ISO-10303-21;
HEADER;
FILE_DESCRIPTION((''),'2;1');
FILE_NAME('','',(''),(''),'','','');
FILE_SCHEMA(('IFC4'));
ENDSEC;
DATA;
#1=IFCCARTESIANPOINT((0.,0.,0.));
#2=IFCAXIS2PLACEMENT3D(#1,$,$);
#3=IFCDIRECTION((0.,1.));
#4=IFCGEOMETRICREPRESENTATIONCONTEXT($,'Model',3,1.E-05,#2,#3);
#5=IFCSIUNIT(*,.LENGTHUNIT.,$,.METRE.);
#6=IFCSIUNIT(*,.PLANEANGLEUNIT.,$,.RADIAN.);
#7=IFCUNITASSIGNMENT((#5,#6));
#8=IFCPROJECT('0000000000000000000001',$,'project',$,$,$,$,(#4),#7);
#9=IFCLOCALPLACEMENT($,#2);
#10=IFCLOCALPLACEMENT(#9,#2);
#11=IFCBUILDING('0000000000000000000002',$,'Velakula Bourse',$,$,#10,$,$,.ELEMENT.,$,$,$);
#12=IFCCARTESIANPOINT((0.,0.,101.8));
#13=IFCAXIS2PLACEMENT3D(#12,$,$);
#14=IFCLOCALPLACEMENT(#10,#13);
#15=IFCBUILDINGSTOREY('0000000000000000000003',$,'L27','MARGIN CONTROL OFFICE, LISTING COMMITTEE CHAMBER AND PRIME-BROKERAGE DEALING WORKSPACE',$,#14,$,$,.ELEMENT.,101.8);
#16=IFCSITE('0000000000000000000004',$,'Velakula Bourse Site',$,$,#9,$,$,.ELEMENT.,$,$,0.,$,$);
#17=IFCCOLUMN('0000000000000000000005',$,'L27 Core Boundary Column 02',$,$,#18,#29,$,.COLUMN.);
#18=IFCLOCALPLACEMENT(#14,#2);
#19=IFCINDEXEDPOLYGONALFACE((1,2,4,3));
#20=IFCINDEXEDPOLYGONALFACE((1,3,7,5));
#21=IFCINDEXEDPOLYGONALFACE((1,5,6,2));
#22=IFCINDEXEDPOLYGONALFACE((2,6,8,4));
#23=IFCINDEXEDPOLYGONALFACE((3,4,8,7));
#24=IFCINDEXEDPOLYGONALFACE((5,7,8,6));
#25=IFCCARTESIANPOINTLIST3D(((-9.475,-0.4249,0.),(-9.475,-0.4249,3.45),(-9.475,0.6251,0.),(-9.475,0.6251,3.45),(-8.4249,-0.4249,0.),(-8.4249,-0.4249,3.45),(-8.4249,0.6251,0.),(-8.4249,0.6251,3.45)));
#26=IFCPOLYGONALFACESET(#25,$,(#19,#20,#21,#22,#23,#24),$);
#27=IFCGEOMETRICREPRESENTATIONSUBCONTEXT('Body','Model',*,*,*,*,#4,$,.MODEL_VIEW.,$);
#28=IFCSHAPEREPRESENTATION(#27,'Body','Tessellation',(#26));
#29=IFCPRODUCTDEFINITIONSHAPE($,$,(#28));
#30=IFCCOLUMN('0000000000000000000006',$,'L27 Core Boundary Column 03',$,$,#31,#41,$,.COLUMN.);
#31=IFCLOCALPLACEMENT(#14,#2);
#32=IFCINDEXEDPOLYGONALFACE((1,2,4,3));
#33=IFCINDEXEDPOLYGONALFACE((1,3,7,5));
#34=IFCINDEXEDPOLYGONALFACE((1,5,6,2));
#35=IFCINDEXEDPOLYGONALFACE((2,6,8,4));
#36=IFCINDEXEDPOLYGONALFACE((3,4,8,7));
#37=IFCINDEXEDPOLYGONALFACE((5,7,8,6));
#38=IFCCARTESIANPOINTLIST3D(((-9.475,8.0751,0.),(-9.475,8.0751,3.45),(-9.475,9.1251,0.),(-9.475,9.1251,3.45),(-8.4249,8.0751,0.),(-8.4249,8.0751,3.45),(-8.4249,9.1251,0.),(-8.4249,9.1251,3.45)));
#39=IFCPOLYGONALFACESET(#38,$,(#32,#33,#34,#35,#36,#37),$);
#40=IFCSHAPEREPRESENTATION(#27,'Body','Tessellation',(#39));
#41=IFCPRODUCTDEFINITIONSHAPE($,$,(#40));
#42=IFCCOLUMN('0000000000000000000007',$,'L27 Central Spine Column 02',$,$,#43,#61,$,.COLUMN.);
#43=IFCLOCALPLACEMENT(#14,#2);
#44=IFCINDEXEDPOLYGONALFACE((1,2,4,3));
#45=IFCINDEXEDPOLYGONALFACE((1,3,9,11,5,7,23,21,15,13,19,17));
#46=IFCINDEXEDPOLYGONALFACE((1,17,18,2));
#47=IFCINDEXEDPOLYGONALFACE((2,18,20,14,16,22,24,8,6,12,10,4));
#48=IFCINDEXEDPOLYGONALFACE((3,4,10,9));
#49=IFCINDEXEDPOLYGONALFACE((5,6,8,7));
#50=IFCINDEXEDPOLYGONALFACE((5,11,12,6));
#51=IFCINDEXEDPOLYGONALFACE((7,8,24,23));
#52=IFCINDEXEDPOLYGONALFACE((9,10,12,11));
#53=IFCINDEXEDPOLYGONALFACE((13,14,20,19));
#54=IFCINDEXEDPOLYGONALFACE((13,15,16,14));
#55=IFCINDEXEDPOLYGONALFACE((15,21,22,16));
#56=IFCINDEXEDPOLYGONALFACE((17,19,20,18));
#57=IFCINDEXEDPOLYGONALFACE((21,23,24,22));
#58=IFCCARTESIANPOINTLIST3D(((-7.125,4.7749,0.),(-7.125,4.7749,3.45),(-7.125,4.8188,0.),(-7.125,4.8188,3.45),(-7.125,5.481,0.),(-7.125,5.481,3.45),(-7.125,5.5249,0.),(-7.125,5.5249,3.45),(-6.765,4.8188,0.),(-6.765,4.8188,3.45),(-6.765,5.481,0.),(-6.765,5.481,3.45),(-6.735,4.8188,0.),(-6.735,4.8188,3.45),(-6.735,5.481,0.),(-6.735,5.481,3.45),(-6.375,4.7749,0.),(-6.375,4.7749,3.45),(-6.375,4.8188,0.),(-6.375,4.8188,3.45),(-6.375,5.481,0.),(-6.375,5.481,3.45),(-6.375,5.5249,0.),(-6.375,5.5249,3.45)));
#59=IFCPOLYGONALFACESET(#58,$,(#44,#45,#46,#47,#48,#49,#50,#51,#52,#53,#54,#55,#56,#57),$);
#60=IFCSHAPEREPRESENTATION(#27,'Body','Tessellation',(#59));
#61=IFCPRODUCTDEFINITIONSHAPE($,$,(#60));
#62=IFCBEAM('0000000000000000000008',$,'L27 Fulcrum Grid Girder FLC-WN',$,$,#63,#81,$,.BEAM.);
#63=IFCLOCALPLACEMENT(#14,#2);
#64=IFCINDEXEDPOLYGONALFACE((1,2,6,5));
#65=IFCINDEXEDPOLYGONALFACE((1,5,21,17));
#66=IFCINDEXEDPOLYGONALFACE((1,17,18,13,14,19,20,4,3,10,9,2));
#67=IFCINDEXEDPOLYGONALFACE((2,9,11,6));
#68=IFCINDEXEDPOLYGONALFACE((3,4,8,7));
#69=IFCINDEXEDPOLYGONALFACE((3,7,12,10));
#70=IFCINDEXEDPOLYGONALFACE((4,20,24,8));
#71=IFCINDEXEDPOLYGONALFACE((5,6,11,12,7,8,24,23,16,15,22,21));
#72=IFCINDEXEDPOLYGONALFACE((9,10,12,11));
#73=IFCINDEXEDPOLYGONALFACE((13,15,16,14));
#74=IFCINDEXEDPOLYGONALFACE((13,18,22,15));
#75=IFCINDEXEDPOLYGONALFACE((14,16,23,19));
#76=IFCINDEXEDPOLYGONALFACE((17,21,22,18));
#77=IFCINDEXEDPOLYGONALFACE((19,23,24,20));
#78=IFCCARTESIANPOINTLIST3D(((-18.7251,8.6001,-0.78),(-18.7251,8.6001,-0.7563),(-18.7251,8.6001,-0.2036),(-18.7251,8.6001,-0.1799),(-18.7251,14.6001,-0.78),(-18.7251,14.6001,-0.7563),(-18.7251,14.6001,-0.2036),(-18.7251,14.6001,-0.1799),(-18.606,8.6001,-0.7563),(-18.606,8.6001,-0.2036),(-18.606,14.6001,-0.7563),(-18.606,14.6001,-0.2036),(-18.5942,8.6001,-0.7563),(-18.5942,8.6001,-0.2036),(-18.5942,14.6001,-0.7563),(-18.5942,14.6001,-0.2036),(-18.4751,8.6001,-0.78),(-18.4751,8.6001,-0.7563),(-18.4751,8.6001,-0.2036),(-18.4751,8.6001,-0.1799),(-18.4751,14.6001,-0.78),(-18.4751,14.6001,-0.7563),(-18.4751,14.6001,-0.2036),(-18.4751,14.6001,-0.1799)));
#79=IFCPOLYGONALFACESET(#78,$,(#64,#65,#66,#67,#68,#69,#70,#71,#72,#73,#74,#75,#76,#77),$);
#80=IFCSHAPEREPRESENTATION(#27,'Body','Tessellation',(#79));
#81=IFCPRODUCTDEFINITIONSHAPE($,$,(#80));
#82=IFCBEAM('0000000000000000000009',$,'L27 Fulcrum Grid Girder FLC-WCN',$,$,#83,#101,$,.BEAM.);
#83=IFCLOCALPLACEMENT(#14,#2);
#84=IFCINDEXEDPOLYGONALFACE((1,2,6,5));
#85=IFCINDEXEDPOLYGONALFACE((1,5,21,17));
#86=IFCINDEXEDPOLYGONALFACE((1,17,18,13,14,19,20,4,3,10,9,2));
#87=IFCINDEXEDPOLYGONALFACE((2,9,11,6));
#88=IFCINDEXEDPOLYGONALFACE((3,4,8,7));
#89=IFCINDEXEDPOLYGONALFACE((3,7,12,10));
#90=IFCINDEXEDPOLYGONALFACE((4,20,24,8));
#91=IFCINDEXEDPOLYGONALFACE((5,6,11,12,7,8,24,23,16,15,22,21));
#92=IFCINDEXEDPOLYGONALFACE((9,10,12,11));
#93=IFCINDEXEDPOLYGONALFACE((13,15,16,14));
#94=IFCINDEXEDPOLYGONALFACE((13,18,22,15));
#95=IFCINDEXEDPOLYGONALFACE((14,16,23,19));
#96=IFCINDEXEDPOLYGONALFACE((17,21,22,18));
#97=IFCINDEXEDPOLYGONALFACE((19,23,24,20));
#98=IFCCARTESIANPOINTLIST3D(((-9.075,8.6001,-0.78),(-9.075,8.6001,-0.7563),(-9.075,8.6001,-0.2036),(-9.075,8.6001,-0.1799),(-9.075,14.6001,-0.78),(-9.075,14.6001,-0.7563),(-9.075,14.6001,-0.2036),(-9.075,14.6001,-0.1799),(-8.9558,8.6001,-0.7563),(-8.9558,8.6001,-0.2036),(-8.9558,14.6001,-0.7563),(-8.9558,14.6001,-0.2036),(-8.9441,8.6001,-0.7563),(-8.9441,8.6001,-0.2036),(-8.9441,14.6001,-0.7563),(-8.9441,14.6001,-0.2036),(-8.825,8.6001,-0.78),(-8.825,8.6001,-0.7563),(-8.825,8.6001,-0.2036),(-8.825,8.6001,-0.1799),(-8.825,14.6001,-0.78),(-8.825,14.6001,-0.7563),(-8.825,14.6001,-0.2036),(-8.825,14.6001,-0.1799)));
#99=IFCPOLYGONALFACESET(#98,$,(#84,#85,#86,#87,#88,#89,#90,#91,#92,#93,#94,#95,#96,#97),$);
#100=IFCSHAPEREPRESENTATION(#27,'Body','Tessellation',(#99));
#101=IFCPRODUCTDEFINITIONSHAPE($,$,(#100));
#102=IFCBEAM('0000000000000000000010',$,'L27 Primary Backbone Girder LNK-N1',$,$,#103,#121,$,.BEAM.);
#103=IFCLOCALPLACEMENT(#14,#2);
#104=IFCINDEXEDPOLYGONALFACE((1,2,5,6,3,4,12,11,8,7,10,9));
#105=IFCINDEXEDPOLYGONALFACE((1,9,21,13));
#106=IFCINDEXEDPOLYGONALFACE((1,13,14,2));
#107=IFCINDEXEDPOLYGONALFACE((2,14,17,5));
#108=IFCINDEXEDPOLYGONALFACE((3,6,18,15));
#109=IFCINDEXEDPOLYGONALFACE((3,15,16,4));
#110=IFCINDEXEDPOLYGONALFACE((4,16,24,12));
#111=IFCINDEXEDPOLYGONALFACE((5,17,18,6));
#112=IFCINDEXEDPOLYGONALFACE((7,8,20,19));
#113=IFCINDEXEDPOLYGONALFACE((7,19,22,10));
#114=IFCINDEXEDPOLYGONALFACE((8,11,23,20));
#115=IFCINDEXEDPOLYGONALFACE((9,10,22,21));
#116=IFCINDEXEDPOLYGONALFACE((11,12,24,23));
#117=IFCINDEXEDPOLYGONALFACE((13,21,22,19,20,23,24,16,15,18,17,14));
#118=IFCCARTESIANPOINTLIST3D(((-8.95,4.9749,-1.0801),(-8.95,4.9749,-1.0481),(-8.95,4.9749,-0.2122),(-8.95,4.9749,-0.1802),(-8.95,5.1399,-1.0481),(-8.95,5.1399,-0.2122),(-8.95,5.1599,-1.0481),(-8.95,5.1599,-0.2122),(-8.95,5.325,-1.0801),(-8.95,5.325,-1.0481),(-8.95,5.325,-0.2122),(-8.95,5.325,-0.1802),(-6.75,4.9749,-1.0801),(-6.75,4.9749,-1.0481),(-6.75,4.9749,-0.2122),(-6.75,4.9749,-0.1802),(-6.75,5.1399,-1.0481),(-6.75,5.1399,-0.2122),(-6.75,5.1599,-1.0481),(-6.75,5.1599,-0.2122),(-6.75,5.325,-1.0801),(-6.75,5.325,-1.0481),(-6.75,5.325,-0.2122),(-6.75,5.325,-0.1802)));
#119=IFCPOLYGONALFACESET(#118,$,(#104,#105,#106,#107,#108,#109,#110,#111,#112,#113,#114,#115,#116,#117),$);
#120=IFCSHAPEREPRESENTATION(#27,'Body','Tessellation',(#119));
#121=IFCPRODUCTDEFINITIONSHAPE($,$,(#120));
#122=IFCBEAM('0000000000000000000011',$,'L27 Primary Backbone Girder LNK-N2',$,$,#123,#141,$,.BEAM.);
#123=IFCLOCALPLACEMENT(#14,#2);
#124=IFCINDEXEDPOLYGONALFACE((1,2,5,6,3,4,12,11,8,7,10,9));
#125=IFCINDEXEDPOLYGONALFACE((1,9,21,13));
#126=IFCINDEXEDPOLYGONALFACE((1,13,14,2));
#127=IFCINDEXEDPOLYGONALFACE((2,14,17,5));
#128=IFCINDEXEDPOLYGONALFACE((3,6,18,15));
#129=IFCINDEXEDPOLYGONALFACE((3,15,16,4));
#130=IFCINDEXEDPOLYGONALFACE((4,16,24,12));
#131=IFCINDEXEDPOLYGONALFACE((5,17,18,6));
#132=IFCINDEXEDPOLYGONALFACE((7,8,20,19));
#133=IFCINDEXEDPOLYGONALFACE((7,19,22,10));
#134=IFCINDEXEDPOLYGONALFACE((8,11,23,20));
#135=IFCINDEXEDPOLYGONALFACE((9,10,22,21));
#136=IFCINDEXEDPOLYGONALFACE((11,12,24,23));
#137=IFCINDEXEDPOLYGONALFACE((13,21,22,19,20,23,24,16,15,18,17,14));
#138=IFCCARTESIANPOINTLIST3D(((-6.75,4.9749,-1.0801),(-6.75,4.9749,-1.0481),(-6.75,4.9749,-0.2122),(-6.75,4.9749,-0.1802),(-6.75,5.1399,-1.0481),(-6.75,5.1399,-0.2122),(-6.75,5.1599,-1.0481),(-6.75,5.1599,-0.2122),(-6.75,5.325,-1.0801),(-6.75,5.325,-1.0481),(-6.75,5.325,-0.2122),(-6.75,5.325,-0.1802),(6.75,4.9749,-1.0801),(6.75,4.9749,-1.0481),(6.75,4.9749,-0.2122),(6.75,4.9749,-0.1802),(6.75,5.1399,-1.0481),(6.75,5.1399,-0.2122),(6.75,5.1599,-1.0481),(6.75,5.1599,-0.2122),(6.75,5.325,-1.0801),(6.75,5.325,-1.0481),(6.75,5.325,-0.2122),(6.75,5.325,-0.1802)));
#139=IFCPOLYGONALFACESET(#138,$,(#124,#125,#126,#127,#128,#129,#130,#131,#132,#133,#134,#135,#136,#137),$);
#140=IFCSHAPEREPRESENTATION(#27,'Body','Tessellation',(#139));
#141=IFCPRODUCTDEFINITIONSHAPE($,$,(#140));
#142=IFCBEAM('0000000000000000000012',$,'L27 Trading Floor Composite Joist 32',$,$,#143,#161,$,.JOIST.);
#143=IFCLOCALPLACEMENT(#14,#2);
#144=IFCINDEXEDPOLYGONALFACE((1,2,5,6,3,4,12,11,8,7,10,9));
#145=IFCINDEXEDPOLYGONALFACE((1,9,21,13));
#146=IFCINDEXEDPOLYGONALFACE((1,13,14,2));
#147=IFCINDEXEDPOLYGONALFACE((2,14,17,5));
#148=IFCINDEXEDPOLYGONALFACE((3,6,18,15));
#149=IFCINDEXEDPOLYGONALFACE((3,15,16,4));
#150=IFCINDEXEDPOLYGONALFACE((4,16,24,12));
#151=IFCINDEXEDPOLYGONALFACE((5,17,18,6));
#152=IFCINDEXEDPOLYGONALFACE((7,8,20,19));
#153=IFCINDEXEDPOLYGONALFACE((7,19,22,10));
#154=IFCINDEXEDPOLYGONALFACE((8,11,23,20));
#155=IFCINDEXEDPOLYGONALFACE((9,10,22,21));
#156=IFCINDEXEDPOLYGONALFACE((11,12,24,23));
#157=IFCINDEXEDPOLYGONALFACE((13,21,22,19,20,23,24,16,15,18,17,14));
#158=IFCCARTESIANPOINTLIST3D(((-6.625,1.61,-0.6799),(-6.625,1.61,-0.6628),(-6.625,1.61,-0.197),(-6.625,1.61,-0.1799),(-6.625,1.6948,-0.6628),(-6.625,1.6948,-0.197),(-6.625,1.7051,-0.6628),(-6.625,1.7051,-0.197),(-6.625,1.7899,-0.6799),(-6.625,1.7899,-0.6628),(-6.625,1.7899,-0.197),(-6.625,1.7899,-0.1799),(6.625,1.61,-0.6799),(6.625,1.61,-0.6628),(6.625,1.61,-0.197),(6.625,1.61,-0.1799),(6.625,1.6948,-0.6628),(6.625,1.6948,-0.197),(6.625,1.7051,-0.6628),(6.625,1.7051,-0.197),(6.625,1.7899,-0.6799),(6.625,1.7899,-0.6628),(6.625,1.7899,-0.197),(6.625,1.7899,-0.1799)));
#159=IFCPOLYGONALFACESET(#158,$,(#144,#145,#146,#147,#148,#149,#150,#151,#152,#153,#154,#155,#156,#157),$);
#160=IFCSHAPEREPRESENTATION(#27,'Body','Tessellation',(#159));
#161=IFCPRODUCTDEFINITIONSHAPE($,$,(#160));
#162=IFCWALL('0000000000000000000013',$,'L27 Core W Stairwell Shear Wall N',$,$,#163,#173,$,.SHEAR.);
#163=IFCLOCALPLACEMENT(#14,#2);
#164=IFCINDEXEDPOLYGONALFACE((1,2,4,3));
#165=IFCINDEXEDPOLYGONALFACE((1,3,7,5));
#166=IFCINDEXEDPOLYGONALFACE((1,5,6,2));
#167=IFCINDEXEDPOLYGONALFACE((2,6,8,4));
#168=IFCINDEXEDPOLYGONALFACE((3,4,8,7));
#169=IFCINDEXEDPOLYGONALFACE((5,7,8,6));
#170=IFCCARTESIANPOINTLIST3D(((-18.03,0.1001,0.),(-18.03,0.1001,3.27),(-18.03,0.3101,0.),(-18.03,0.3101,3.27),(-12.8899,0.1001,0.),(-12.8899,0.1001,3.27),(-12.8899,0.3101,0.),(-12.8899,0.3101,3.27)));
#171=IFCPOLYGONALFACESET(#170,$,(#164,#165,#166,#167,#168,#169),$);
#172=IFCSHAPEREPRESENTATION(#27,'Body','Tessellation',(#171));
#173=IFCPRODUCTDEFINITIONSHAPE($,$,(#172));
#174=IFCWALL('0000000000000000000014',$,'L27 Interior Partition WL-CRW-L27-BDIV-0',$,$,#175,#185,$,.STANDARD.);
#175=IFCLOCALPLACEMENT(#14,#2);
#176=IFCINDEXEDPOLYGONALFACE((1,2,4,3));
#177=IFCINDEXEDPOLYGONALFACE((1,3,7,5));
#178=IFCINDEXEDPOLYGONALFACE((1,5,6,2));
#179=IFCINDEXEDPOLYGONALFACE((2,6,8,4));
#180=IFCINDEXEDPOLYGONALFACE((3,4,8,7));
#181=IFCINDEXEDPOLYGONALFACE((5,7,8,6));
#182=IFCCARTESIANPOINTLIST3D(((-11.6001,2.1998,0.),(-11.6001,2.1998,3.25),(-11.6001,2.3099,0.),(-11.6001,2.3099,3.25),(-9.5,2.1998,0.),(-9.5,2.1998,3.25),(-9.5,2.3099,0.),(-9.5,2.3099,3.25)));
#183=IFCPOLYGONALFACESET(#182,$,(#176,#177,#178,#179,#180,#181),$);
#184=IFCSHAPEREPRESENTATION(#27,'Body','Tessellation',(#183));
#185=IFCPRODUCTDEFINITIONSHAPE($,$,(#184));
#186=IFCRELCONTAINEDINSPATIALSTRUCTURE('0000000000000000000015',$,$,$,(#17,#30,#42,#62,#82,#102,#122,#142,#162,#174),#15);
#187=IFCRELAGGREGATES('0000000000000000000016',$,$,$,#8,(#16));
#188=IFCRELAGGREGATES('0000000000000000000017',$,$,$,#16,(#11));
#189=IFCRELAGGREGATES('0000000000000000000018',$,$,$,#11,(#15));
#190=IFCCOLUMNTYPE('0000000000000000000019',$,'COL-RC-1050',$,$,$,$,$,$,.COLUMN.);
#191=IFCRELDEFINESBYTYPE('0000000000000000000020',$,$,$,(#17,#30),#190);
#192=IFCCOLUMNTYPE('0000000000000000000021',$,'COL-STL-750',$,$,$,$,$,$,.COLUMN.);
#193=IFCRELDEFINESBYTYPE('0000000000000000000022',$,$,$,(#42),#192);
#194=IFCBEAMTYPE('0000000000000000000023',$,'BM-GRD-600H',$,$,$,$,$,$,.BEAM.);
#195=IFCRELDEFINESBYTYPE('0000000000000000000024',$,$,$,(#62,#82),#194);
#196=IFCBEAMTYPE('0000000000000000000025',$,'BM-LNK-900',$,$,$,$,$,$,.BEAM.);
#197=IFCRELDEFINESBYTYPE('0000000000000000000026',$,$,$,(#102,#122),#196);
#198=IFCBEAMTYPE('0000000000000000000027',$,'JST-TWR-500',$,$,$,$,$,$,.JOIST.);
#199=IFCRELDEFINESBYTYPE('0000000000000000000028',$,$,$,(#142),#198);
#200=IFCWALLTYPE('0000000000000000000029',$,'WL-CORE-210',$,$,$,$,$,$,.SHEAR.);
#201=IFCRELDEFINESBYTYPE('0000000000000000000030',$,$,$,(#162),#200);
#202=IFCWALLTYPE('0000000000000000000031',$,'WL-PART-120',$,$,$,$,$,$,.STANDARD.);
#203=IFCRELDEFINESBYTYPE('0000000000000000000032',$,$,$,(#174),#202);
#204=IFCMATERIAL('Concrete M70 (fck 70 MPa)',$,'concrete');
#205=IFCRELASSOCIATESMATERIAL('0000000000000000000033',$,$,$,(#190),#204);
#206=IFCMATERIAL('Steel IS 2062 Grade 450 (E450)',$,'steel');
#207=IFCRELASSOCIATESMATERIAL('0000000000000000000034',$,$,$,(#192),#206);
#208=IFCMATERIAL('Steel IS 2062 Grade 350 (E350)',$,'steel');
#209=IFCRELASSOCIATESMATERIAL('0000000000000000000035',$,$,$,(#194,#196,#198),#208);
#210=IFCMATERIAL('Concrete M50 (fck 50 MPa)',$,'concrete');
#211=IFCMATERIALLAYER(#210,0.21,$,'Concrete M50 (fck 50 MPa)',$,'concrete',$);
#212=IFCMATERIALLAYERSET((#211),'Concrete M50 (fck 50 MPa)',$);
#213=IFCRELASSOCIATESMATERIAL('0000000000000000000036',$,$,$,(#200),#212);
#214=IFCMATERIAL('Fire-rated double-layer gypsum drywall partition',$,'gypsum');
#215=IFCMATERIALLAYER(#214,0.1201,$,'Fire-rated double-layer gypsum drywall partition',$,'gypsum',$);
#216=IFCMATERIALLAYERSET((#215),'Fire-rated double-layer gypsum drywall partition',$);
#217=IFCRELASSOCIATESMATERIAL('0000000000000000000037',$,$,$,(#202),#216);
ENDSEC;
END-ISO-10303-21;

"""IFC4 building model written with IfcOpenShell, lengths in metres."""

from ifc_helpers import new_model, si_unit, direction, frame, frame_2d, origin, origin_2d, place, context, subcontext, project, spatial, rectangle, i_section, extrude, material, layer, layer_set, material_profile, profile_set, type_object, element, save


model = new_model("IFC4")

# Units and contexts
model_context = context("Model", 3, precision=1e-05, world=origin(), true_north=direction((0.0, 1.0)))
body_context = subcontext(model_context, "Body", "Model", "MODEL_VIEW")
ifc_project = project(units=[si_unit("LENGTHUNIT", "METRE"), si_unit("PLANEANGLEUNIT", "RADIAN")], contexts=[model_context])

# Site, building, storey
site_placement = place(None, origin())
site = spatial("IfcSite", under=ifc_project, at=site_placement, Name="Velakula Bourse Site", CompositionType="ELEMENT", RefElevation=0.0)
building_placement = place(site_placement, origin())
building = spatial("IfcBuilding", under=site, at=building_placement, Name="Velakula Bourse", CompositionType="ELEMENT")
storey_placement = place(building_placement, frame((0.0, 0.0, 101.8)))
storey = spatial("IfcBuildingStorey", under=building, at=storey_placement, Name="L27", Description="MARGIN CONTROL OFFICE, LISTING COMMITTEE CHAMBER AND PRIME-BROKERAGE DEALING WORKSPACE", CompositionType="ELEMENT", Elevation=101.8)

# Columns
ifc_material_1 = material(Name="Concrete M70 (fck 70 MPa)", Category="concrete")
ifc_material_profile_1 = material_profile(ifc_material_1, rectangle(XDim=1.05, YDim=1.05, at=origin_2d()), Name="Concrete M70 (fck 70 MPa)")
ifc_profile_set_1 = profile_set([ifc_material_profile_1], Name="Concrete M70 (fck 70 MPa)")
column_type_1 = type_object("IfcColumnType", Name="COL-RC-1050", PredefinedType="COLUMN", material=ifc_profile_set_1)
for number, where, z_axis, x_axis, name in (
    (1, (-8.95, 0.1001, 0.0), (0.0, 0.0, 1.0), (1.0, 0.0, 0.0), "L27 Core Boundary Column 02"),
    (2, (-8.95, 8.6001, 0.0), (0.0, 0.0, 1.0), (1.0, 0.0, 0.0), "L27 Core Boundary Column 03"),
):
    element("IfcColumn", number, at=place(storey_placement, frame(where, z_axis=z_axis, x_axis=x_axis)), inside=storey, type_object=column_type_1, Name=name, PredefinedType="COLUMN", context=body_context, shape_type="SweptSolid", body=[
        extrude(rectangle(XDim=1.05, YDim=1.05, at=origin_2d()), origin(), (0.0, 0.0, 1.0), 3.45),
    ])
ifc_material_2 = material(Name="Steel IS 2062 Grade 450 (E450)", Category="steel")
ifc_material_profile_2 = material_profile(ifc_material_2, i_section(OverallWidth=0.75, OverallDepth=0.75, WebThickness=0.03, FlangeThickness=0.0439, at=origin_2d()), Name="Steel IS 2062 Grade 450 (E450)")
ifc_profile_set_2 = profile_set([ifc_material_profile_2], Name="Steel IS 2062 Grade 450 (E450)")
column_type_2 = type_object("IfcColumnType", Name="COL-STL-750", PredefinedType="COLUMN", material=ifc_profile_set_2)
column_placement = place(storey_placement, frame((-6.75, 5.1499, 0.0), z_axis=(0.0, 0.0, 1.0), x_axis=(1.0, 0.0, 0.0)))
element("IfcColumn", 3, at=column_placement, inside=storey, type_object=column_type_2, Name="L27 Central Spine Column 02", PredefinedType="COLUMN", context=body_context, shape_type="SweptSolid", body=[
    extrude(i_section(OverallWidth=0.75, OverallDepth=0.75, WebThickness=0.03, FlangeThickness=0.0439, at=origin_2d()), origin(), (0.0, 0.0, 1.0), 3.45),
])

# Beams
ifc_material_3 = material(Name="Steel IS 2062 Grade 350 (E350)", Category="steel")
ifc_material_profile_3 = material_profile(ifc_material_3, i_section(OverallWidth=0.25, OverallDepth=0.6001, WebThickness=0.0117, FlangeThickness=0.0237, at=origin_2d()), Name="Steel IS 2062 Grade 350 (E350)")
ifc_profile_set_3 = profile_set([ifc_material_profile_3], Name="Steel IS 2062 Grade 350 (E350)")
beam_type_1 = type_object("IfcBeamType", Name="BM-GRD-600H", PredefinedType="BEAM", material=ifc_profile_set_3)
for number, where, z_axis, x_axis, name in (
    (4, (-18.6001, 8.6001, -0.48), (0.0, 1.0, 0.0), (-1.0, 0.0, 0.0), "L27 Fulcrum Grid Girder FLC-WN"),
    (5, (-8.95, 8.6001, -0.48), (0.0, 1.0, 0.0), (-1.0, 0.0, 0.0), "L27 Fulcrum Grid Girder FLC-WCN"),
):
    element("IfcBeam", number, at=place(storey_placement, frame(where, z_axis=z_axis, x_axis=x_axis)), inside=storey, type_object=beam_type_1, Name=name, PredefinedType="BEAM", context=body_context, shape_type="SweptSolid", body=[
        extrude(i_section(OverallWidth=0.25, OverallDepth=0.6001, WebThickness=0.0117, FlangeThickness=0.0237, at=origin_2d()), origin(), (0.0, 0.0, 1.0), 6.0),
    ])
ifc_material_profile_4 = material_profile(ifc_material_3, i_section(OverallWidth=0.3501, OverallDepth=0.8999, WebThickness=0.02, FlangeThickness=0.032, at=origin_2d()), Name="Steel IS 2062 Grade 350 (E350)")
ifc_profile_set_4 = profile_set([ifc_material_profile_4], Name="Steel IS 2062 Grade 350 (E350)")
beam_type_2 = type_object("IfcBeamType", Name="BM-LNK-900", PredefinedType="BEAM", material=ifc_profile_set_4)
beam_1_placement = place(storey_placement, frame((-8.95, 5.1499, -0.6301), z_axis=(1.0, 0.0, 0.0), x_axis=(0.0, 1.0, 0.0)))
element("IfcBeam", 6, at=beam_1_placement, inside=storey, type_object=beam_type_2, Name="L27 Primary Backbone Girder LNK-N1", PredefinedType="BEAM", context=body_context, shape_type="SweptSolid", body=[
    extrude(i_section(OverallWidth=0.3501, OverallDepth=0.8999, WebThickness=0.02, FlangeThickness=0.032, at=origin_2d()), origin(), (0.0, 0.0, 1.0), 2.2),
])
beam_2_placement = place(storey_placement, frame((-6.75, 5.1499, -0.6301), z_axis=(1.0, 0.0, 0.0), x_axis=(0.0, 1.0, 0.0)))
element("IfcBeam", 7, at=beam_2_placement, inside=storey, type_object=beam_type_2, Name="L27 Primary Backbone Girder LNK-N2", PredefinedType="BEAM", context=body_context, shape_type="SweptSolid", body=[
    extrude(i_section(OverallWidth=0.3501, OverallDepth=0.8999, WebThickness=0.02, FlangeThickness=0.032, at=origin_2d()), origin(), (0.0, 0.0, 1.0), 13.5),
])
ifc_material_profile_5 = material_profile(ifc_material_3, i_section(OverallWidth=0.1799, OverallDepth=0.5, WebThickness=0.0103, FlangeThickness=0.0171, at=origin_2d()), Name="Steel IS 2062 Grade 350 (E350)")
ifc_profile_set_5 = profile_set([ifc_material_profile_5], Name="Steel IS 2062 Grade 350 (E350)")
beam_type_3 = type_object("IfcBeamType", Name="JST-TWR-500", PredefinedType="JOIST", material=ifc_profile_set_5)
beam_3_placement = place(storey_placement, frame((-6.625, 1.7, -0.4299), z_axis=(1.0, 0.0, 0.0), x_axis=(0.0, 1.0, 0.0)))
element("IfcBeam", 8, at=beam_3_placement, inside=storey, type_object=beam_type_3, Name="L27 Trading Floor Composite Joist 32", PredefinedType="JOIST", context=body_context, shape_type="SweptSolid", body=[
    extrude(i_section(OverallWidth=0.1799, OverallDepth=0.5, WebThickness=0.0103, FlangeThickness=0.0171, at=origin_2d()), origin(), (0.0, 0.0, 1.0), 13.25),
])

# Walls
ifc_material_4 = material(Name="Concrete M50 (fck 50 MPa)", Category="concrete")
ifc_layer_1 = layer(ifc_material_4, 0.21, Name="Concrete M50 (fck 50 MPa)", Category="concrete")
ifc_layer_set_1 = layer_set([ifc_layer_1], Name="Concrete M50 (fck 50 MPa)")
wall_type_1 = type_object("IfcWallType", Name="WL-CORE-210", PredefinedType="SHEAR", material=ifc_layer_set_1)
wall_1_placement = place(storey_placement, frame((-12.8899, 0.2051, 0.0), z_axis=(0.0, 0.0, 1.0), x_axis=(-1.0, 0.0, 0.0)))
element("IfcWall", 9, at=wall_1_placement, inside=storey, type_object=wall_type_1, Name="L27 Core W Stairwell Shear Wall N", PredefinedType="SHEAR", context=body_context, shape_type="SweptSolid", body=[
    extrude(rectangle(XDim=5.1401, YDim=0.21, at=frame_2d((2.5701, 0.0))), origin(), (0.0, 0.0, 1.0), 3.27),
])
ifc_material_5 = material(Name="Fire-rated double-layer gypsum drywall partition", Category="gypsum")
ifc_layer_2 = layer(ifc_material_5, 0.1201, Name="Fire-rated double-layer gypsum drywall partition", Category="gypsum")
ifc_layer_set_2 = layer_set([ifc_layer_2], Name="Fire-rated double-layer gypsum drywall partition")
wall_type_2 = type_object("IfcWallType", Name="WL-PART-120", PredefinedType="STANDARD", material=ifc_layer_set_2)
for number, where, z_axis, x_axis, name in (
    (10, (-11.6001, 2.2549, 0.0), (0.0, 0.0, 1.0), (1.0, 0.0, 0.0), "L27 Interior Partition WL-CRW-L27-BDIV-0"),
):
    element("IfcWall", number, at=place(storey_placement, frame(where, z_axis=z_axis, x_axis=x_axis)), inside=storey, type_object=wall_type_2, Name=name, PredefinedType="STANDARD", context=body_context, shape_type="SweptSolid", body=[
        extrude(rectangle(XDim=2.1001, YDim=0.1101, at=frame_2d((1.05, 0.0))), origin(), (0.0, 0.0, 1.0), 3.25),
    ])

save(model, "model.ifc")
